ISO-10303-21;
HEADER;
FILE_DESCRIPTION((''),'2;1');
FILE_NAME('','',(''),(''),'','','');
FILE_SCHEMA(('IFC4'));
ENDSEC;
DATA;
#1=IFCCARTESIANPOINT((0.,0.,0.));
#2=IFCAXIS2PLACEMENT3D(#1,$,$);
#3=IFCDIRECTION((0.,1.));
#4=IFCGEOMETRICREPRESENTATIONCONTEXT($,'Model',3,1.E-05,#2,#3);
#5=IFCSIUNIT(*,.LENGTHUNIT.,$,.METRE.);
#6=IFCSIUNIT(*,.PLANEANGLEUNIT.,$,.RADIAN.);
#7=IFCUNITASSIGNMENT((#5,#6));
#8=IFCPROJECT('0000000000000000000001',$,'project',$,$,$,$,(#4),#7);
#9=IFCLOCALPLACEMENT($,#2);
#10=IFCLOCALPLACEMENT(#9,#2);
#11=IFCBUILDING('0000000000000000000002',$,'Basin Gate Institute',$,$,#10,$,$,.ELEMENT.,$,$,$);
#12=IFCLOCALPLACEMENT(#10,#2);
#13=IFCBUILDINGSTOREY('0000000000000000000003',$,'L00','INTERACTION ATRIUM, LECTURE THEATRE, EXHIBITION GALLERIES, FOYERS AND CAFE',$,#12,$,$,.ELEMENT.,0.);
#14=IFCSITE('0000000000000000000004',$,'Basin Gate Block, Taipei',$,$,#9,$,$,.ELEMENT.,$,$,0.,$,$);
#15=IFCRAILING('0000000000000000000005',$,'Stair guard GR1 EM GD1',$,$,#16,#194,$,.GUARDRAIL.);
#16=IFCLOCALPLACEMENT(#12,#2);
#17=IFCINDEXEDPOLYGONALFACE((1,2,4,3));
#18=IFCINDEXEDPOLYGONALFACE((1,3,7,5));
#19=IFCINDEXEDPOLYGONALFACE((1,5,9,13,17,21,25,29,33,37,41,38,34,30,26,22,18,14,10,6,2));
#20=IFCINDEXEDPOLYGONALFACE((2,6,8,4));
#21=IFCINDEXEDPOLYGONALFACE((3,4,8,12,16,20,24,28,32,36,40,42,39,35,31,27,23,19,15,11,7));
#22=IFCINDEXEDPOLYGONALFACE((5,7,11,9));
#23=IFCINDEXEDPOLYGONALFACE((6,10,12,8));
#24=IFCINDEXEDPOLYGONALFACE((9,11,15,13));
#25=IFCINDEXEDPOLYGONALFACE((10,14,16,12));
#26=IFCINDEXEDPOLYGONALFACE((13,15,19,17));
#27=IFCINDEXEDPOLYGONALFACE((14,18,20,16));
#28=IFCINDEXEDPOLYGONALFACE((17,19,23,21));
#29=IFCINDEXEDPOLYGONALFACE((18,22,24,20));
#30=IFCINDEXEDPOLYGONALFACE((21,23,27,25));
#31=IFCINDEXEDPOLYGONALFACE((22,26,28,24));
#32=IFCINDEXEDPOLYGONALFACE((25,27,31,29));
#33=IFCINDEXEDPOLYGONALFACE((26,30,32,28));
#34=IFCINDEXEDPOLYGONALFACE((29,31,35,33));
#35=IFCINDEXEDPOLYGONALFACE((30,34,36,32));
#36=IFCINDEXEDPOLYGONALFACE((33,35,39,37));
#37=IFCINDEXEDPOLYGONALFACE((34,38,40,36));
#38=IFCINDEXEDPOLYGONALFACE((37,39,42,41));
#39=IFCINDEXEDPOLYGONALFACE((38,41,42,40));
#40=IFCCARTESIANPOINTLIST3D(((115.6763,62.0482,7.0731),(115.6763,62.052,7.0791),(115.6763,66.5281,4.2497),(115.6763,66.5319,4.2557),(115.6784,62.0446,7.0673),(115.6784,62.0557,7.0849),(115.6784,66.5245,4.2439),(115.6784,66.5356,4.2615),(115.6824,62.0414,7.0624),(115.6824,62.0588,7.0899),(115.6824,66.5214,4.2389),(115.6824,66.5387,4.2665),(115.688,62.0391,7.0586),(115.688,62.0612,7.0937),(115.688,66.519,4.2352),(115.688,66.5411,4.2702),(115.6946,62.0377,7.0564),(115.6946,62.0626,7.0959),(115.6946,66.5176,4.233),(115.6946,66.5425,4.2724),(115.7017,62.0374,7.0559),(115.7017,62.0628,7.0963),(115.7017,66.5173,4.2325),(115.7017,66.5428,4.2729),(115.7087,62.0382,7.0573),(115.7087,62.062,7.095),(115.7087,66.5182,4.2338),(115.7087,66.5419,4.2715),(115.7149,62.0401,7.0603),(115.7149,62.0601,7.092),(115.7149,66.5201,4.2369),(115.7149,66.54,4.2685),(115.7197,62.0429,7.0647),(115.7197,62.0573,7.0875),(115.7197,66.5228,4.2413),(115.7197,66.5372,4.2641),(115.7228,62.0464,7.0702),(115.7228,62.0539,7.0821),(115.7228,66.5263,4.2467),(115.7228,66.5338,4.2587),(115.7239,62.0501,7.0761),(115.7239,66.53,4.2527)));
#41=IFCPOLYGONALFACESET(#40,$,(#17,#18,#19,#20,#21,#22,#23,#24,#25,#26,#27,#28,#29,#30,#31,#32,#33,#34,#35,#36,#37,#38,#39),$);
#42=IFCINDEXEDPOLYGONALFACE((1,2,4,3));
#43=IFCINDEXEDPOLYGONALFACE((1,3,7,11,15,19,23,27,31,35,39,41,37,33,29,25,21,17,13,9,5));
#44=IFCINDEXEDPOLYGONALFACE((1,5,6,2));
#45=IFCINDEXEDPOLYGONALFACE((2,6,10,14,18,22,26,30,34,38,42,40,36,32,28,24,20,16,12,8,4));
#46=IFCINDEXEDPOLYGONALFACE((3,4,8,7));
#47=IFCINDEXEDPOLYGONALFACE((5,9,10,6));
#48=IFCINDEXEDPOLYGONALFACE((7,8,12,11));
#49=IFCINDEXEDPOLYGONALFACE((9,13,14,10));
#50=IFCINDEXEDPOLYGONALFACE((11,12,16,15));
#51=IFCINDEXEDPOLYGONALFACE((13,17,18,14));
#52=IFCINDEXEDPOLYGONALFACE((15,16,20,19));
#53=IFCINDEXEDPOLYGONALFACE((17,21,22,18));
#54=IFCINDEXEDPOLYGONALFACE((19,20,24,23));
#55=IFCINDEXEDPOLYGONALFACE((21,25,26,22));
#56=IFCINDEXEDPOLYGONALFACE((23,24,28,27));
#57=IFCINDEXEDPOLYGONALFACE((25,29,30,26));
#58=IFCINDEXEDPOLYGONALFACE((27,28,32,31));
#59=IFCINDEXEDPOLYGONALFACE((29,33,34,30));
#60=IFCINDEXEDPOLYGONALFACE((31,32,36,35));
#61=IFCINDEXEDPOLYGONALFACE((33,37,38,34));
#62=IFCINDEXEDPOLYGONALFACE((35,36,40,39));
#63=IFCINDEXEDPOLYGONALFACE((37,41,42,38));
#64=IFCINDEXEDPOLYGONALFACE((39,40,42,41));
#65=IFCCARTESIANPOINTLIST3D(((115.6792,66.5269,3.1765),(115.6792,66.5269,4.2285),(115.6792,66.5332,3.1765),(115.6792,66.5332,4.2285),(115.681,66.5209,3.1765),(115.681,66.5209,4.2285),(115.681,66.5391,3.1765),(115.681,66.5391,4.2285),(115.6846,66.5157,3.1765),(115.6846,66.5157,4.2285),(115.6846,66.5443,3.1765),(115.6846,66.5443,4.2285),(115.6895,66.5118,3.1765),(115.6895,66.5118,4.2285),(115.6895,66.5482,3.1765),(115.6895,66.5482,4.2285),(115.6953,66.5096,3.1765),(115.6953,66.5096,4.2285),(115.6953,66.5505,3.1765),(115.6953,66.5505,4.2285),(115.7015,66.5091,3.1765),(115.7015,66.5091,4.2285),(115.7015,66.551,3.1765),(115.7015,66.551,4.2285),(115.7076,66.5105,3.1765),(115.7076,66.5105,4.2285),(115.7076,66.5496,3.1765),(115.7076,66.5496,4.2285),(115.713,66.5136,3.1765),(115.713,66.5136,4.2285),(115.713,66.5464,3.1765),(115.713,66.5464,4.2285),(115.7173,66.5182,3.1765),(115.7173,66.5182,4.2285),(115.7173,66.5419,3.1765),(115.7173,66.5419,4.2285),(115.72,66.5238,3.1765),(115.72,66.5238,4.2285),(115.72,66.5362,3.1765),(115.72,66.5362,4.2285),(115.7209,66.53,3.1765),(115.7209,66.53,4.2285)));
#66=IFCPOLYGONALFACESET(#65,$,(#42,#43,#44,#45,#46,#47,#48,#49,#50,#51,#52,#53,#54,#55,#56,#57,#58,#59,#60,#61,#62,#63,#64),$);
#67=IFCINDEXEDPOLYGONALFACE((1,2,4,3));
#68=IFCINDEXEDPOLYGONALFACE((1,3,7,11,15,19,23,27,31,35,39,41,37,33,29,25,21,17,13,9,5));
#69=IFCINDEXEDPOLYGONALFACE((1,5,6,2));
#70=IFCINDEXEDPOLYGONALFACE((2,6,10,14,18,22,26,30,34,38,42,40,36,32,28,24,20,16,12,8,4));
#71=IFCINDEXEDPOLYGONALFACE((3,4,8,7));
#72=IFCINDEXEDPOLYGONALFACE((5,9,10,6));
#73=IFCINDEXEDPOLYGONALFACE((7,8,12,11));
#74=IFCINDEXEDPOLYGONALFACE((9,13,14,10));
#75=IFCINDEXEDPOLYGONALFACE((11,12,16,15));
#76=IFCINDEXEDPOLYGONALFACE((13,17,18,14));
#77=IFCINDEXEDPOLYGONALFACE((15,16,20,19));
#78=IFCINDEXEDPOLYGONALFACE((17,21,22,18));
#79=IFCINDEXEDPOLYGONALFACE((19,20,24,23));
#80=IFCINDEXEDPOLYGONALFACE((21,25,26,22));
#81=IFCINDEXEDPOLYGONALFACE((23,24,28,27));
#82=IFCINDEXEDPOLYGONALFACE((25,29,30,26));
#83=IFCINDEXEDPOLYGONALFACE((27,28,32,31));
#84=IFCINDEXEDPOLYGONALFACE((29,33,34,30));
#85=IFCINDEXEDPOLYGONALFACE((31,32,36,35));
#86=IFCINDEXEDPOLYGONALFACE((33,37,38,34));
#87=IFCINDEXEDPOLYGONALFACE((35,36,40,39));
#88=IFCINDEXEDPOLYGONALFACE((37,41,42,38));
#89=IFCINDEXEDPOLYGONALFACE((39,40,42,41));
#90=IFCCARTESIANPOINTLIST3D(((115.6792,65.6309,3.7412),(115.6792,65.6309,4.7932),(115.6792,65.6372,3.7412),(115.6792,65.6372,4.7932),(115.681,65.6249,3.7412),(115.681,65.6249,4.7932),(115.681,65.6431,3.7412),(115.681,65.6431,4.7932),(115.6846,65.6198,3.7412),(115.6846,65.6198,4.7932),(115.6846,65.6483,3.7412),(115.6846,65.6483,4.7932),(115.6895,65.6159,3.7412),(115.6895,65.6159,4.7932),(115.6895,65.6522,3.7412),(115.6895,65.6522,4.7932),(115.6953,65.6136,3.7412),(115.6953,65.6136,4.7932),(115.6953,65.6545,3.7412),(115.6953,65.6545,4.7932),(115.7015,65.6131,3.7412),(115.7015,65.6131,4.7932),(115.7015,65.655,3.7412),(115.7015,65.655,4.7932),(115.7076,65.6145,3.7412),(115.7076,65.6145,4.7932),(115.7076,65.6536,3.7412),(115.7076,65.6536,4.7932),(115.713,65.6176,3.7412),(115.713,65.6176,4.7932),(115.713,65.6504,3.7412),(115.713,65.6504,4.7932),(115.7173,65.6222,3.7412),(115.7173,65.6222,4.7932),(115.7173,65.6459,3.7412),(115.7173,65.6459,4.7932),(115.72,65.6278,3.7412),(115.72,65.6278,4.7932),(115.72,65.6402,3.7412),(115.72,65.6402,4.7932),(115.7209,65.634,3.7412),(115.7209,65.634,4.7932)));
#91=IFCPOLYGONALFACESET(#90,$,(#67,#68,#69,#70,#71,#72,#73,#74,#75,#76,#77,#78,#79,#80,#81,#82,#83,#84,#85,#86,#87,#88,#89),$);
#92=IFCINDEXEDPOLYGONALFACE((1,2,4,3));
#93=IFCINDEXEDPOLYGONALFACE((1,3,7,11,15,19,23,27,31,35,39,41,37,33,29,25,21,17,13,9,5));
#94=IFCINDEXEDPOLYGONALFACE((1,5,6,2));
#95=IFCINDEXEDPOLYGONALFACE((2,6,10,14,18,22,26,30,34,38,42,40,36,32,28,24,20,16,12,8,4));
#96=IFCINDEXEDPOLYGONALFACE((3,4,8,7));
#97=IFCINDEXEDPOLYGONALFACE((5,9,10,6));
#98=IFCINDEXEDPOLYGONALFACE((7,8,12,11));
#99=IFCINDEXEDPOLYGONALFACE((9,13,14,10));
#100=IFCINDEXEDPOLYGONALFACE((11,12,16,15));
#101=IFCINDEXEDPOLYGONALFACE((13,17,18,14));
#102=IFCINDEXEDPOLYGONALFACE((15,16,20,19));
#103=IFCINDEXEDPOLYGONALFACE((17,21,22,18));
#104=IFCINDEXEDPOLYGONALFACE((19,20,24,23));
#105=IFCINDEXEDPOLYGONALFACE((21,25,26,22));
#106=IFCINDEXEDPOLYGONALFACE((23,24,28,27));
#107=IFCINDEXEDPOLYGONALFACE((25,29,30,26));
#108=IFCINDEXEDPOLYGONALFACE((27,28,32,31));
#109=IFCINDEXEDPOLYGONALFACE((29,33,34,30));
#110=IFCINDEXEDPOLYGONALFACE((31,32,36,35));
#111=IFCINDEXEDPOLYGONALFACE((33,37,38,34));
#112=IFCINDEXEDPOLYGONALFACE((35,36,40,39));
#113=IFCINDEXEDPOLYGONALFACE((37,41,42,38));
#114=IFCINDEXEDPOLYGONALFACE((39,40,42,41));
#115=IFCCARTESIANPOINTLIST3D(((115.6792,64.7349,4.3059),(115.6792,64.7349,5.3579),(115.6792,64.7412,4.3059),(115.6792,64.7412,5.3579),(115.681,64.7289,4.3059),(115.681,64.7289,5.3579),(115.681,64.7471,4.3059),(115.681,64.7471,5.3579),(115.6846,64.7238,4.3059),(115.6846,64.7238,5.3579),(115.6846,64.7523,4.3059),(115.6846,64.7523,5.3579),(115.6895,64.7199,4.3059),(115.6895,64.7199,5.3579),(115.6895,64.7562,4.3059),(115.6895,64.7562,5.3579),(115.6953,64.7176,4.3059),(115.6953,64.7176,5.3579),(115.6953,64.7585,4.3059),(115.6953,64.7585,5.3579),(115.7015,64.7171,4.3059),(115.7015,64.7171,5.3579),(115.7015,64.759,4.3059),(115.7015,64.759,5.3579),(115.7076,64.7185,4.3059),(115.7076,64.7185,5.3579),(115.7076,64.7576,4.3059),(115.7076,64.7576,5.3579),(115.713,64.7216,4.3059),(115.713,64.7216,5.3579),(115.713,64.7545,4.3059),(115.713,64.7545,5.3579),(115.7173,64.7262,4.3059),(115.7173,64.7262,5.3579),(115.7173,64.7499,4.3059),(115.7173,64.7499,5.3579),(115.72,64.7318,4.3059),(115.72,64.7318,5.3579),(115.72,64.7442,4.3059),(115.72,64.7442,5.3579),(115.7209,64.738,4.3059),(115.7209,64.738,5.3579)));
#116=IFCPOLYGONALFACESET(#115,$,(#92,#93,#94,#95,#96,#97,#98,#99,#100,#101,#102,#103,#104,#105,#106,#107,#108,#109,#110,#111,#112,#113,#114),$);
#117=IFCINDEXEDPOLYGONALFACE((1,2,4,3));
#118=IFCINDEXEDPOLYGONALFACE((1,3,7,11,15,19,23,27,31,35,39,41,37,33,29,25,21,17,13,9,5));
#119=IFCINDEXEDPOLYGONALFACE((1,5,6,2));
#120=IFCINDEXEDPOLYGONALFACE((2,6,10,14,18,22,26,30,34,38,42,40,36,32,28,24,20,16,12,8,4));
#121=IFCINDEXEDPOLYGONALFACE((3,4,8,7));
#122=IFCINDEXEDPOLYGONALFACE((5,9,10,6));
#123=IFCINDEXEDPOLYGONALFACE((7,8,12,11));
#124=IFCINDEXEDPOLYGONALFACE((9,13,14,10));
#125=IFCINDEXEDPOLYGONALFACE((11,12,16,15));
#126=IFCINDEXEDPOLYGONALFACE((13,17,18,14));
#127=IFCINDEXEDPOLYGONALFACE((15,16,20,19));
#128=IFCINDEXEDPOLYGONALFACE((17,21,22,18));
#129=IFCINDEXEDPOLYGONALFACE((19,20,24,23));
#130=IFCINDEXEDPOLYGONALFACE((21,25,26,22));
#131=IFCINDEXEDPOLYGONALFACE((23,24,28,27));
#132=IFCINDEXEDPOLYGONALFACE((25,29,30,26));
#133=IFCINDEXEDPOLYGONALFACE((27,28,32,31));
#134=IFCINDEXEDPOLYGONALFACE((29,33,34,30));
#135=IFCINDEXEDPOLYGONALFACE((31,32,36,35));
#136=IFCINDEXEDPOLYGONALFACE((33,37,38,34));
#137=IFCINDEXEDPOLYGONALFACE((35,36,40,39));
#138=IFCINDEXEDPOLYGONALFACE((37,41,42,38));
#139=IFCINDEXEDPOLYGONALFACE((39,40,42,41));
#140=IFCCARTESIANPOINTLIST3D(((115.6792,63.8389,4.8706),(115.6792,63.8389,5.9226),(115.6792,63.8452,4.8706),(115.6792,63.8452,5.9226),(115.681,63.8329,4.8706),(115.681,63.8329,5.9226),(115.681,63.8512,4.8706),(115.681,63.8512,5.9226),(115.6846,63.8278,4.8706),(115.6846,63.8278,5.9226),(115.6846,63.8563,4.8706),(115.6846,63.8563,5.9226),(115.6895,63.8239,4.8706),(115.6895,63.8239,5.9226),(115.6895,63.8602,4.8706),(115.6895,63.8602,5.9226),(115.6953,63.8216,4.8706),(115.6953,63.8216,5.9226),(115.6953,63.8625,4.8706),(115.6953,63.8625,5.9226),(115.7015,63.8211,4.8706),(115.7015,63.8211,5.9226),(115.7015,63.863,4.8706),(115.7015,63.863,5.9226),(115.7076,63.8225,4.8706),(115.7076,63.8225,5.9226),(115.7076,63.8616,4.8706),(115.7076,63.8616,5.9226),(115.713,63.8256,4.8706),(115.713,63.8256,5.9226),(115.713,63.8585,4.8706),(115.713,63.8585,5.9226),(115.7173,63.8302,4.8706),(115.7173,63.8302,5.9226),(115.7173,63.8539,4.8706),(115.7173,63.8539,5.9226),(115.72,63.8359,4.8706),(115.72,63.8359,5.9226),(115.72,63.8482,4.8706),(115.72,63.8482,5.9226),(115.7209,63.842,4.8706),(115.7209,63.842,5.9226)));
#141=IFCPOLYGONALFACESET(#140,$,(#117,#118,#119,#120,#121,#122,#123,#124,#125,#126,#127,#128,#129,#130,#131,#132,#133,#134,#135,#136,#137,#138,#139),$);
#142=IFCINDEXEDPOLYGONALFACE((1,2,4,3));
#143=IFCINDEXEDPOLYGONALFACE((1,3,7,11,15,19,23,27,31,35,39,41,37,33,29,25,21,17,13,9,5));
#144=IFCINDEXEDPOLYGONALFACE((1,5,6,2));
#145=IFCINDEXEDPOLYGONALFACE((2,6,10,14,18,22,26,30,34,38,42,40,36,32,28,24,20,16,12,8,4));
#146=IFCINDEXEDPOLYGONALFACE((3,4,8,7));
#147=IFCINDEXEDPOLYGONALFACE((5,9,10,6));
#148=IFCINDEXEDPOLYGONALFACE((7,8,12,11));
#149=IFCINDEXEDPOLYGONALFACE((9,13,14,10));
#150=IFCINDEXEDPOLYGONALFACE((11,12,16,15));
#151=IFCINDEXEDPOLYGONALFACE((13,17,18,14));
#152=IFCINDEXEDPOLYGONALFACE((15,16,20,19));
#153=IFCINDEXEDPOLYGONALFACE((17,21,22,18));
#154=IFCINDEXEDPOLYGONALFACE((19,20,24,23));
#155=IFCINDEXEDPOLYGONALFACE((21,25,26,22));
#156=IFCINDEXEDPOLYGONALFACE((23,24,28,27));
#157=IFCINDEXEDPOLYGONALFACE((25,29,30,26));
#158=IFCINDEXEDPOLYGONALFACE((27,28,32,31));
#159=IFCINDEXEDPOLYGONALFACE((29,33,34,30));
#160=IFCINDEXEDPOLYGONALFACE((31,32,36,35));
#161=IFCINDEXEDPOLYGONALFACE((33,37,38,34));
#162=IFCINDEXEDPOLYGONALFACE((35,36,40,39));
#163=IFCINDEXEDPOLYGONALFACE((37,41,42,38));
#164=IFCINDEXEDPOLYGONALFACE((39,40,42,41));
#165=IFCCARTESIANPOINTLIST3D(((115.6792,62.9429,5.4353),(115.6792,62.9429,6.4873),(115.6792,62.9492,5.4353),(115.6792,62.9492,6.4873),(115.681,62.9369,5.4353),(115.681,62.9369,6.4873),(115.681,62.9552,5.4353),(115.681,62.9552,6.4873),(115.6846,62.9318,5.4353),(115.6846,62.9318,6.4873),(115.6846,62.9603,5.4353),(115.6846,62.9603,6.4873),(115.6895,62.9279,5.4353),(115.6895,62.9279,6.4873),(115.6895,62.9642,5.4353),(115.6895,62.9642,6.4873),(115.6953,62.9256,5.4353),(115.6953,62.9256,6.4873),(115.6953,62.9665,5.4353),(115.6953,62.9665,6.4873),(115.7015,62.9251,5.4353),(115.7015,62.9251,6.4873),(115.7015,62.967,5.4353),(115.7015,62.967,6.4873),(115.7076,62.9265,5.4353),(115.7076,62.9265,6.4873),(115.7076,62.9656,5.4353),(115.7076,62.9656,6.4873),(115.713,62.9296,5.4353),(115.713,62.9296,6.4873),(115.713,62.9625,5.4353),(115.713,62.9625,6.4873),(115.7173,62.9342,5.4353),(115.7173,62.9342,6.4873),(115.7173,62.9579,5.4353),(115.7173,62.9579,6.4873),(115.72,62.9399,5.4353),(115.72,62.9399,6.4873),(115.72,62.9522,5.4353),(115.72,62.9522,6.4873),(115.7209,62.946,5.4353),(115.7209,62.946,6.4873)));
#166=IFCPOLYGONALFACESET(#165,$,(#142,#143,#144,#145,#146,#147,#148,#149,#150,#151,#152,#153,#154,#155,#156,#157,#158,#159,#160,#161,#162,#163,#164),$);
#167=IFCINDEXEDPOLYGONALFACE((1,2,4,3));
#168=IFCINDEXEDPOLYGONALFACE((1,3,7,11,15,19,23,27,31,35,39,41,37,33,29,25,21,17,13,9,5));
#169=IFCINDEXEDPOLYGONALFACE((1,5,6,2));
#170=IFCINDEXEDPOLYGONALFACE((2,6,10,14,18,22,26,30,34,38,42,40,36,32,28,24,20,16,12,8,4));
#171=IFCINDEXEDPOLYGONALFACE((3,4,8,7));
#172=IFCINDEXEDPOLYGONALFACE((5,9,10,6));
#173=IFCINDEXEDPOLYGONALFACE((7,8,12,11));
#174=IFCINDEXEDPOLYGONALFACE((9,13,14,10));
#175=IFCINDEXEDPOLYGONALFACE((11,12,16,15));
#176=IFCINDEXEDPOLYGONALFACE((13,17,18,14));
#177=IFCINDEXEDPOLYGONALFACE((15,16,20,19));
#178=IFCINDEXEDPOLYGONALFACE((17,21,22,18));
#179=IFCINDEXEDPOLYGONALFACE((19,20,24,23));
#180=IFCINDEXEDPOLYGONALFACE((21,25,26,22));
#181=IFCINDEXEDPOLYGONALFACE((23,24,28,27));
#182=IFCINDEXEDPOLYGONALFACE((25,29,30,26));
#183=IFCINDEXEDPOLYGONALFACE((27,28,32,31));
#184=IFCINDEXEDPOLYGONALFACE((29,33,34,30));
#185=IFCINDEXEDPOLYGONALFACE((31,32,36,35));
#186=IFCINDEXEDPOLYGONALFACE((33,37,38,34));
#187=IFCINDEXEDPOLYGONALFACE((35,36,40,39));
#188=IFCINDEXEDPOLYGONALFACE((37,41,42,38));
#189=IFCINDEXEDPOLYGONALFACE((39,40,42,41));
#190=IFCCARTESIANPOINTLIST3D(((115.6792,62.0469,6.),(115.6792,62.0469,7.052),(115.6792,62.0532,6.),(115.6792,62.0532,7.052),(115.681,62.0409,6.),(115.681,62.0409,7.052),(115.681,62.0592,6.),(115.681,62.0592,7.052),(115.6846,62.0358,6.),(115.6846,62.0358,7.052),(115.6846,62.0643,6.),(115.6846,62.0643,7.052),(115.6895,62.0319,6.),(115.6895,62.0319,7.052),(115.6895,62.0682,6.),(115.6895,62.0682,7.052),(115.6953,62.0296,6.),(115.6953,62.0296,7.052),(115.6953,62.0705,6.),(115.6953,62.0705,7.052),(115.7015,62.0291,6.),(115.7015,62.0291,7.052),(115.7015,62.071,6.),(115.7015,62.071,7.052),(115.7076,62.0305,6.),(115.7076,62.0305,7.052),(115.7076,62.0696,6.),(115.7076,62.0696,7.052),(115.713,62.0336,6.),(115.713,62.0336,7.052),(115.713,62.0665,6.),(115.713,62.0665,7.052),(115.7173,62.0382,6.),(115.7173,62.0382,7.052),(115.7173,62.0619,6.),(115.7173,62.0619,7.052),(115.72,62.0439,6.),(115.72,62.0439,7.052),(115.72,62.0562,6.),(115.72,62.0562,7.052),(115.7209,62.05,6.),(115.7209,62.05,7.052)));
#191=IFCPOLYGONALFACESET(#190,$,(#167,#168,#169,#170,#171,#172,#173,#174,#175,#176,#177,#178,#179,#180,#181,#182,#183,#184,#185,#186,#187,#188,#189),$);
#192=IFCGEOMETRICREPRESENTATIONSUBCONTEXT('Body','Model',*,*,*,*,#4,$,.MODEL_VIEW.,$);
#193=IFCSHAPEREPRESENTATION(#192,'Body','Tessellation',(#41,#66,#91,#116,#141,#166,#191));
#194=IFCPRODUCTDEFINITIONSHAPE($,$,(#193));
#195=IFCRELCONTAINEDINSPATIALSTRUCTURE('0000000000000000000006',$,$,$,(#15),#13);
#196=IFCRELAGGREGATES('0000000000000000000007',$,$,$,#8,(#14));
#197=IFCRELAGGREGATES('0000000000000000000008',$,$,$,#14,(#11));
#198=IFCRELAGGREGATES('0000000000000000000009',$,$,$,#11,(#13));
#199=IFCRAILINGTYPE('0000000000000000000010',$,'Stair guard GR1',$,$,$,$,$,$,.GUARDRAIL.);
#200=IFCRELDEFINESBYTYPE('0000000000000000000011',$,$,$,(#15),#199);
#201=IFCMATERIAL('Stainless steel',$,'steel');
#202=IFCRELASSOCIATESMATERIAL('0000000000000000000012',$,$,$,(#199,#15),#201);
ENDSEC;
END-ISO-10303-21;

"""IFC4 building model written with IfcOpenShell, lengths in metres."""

from ifc_helpers import new_model, si_unit, direction, frame, origin, origin_2d, place, context, subcontext, project, spatial, circle, extrude, material, type_object, element, save


model = new_model("IFC4")

# Units and contexts
model_context = context("Model", 3, precision=1e-05, world=origin(), true_north=direction((0.0, 1.0)))
body_context = subcontext(model_context, "Body", "Model", "MODEL_VIEW")
ifc_project = project(units=[si_unit("LENGTHUNIT", "METRE"), si_unit("PLANEANGLEUNIT", "RADIAN")], contexts=[model_context])

# Site, building, storey
site_placement = place(None, origin())
site = spatial("IfcSite", under=ifc_project, at=site_placement, Name="Basin Gate Block, Taipei", CompositionType="ELEMENT", RefElevation=0.0)
building_placement = place(site_placement, origin())
building = spatial("IfcBuilding", under=site, at=building_placement, Name="Basin Gate Institute", CompositionType="ELEMENT")
storey_placement = place(building_placement, origin())
storey = spatial("IfcBuildingStorey", under=building, at=storey_placement, Name="L00", Description="INTERACTION ATRIUM, LECTURE THEATRE, EXHIBITION GALLERIES, FOYERS AND CAFE", CompositionType="ELEMENT", Elevation=0.0)

# Railing
ifc_material_1 = material(Name="Stainless steel", Category="steel")
railing_type_1 = type_object("IfcRailingType", Name="Stair guard GR1", PredefinedType="GUARDRAIL", material=ifc_material_1)
railing_1_placement = place(storey_placement, frame((115.7, 66.53, 3.1765)))
element("IfcRailing", 1, at=railing_1_placement, inside=storey, type_object=railing_type_1, material=ifc_material_1, Name="Stair guard GR1 EM GD1", PredefinedType="GUARDRAIL", context=body_context, shape_type="SweptSolid", body=[
    extrude(circle(Radius=0.0239, at=origin_2d()), frame((0.0, 0.0, 1.0762), z_axis=(0.0, -0.845998, 0.533186), x_axis=(1.0, 0.0, 0.0)), (0.0, 0.0, 1.0), 5.2954),
    extrude(circle(Radius=0.021, at=origin_2d()), origin(), (0.0, 0.0, 1.0), 1.052),
    extrude(circle(Radius=0.021, at=origin_2d()), frame((0.0, -0.896, 0.5647)), (0.0, 0.0, 1.0), 1.052),
    extrude(circle(Radius=0.021, at=origin_2d()), frame((0.0, -1.792, 1.1294)), (0.0, 0.0, 1.0), 1.052),
    extrude(circle(Radius=0.021, at=origin_2d()), frame((0.0, -2.688, 1.6941)), (0.0, 0.0, 1.0), 1.052),
    extrude(circle(Radius=0.021, at=origin_2d()), frame((0.0, -3.584, 2.2588)), (0.0, 0.0, 1.0), 1.052),
    extrude(circle(Radius=0.021, at=origin_2d()), frame((0.0, -4.48, 2.8235)), (0.0, 0.0, 1.0), 1.052),
])

save(model, "model.ifc")
